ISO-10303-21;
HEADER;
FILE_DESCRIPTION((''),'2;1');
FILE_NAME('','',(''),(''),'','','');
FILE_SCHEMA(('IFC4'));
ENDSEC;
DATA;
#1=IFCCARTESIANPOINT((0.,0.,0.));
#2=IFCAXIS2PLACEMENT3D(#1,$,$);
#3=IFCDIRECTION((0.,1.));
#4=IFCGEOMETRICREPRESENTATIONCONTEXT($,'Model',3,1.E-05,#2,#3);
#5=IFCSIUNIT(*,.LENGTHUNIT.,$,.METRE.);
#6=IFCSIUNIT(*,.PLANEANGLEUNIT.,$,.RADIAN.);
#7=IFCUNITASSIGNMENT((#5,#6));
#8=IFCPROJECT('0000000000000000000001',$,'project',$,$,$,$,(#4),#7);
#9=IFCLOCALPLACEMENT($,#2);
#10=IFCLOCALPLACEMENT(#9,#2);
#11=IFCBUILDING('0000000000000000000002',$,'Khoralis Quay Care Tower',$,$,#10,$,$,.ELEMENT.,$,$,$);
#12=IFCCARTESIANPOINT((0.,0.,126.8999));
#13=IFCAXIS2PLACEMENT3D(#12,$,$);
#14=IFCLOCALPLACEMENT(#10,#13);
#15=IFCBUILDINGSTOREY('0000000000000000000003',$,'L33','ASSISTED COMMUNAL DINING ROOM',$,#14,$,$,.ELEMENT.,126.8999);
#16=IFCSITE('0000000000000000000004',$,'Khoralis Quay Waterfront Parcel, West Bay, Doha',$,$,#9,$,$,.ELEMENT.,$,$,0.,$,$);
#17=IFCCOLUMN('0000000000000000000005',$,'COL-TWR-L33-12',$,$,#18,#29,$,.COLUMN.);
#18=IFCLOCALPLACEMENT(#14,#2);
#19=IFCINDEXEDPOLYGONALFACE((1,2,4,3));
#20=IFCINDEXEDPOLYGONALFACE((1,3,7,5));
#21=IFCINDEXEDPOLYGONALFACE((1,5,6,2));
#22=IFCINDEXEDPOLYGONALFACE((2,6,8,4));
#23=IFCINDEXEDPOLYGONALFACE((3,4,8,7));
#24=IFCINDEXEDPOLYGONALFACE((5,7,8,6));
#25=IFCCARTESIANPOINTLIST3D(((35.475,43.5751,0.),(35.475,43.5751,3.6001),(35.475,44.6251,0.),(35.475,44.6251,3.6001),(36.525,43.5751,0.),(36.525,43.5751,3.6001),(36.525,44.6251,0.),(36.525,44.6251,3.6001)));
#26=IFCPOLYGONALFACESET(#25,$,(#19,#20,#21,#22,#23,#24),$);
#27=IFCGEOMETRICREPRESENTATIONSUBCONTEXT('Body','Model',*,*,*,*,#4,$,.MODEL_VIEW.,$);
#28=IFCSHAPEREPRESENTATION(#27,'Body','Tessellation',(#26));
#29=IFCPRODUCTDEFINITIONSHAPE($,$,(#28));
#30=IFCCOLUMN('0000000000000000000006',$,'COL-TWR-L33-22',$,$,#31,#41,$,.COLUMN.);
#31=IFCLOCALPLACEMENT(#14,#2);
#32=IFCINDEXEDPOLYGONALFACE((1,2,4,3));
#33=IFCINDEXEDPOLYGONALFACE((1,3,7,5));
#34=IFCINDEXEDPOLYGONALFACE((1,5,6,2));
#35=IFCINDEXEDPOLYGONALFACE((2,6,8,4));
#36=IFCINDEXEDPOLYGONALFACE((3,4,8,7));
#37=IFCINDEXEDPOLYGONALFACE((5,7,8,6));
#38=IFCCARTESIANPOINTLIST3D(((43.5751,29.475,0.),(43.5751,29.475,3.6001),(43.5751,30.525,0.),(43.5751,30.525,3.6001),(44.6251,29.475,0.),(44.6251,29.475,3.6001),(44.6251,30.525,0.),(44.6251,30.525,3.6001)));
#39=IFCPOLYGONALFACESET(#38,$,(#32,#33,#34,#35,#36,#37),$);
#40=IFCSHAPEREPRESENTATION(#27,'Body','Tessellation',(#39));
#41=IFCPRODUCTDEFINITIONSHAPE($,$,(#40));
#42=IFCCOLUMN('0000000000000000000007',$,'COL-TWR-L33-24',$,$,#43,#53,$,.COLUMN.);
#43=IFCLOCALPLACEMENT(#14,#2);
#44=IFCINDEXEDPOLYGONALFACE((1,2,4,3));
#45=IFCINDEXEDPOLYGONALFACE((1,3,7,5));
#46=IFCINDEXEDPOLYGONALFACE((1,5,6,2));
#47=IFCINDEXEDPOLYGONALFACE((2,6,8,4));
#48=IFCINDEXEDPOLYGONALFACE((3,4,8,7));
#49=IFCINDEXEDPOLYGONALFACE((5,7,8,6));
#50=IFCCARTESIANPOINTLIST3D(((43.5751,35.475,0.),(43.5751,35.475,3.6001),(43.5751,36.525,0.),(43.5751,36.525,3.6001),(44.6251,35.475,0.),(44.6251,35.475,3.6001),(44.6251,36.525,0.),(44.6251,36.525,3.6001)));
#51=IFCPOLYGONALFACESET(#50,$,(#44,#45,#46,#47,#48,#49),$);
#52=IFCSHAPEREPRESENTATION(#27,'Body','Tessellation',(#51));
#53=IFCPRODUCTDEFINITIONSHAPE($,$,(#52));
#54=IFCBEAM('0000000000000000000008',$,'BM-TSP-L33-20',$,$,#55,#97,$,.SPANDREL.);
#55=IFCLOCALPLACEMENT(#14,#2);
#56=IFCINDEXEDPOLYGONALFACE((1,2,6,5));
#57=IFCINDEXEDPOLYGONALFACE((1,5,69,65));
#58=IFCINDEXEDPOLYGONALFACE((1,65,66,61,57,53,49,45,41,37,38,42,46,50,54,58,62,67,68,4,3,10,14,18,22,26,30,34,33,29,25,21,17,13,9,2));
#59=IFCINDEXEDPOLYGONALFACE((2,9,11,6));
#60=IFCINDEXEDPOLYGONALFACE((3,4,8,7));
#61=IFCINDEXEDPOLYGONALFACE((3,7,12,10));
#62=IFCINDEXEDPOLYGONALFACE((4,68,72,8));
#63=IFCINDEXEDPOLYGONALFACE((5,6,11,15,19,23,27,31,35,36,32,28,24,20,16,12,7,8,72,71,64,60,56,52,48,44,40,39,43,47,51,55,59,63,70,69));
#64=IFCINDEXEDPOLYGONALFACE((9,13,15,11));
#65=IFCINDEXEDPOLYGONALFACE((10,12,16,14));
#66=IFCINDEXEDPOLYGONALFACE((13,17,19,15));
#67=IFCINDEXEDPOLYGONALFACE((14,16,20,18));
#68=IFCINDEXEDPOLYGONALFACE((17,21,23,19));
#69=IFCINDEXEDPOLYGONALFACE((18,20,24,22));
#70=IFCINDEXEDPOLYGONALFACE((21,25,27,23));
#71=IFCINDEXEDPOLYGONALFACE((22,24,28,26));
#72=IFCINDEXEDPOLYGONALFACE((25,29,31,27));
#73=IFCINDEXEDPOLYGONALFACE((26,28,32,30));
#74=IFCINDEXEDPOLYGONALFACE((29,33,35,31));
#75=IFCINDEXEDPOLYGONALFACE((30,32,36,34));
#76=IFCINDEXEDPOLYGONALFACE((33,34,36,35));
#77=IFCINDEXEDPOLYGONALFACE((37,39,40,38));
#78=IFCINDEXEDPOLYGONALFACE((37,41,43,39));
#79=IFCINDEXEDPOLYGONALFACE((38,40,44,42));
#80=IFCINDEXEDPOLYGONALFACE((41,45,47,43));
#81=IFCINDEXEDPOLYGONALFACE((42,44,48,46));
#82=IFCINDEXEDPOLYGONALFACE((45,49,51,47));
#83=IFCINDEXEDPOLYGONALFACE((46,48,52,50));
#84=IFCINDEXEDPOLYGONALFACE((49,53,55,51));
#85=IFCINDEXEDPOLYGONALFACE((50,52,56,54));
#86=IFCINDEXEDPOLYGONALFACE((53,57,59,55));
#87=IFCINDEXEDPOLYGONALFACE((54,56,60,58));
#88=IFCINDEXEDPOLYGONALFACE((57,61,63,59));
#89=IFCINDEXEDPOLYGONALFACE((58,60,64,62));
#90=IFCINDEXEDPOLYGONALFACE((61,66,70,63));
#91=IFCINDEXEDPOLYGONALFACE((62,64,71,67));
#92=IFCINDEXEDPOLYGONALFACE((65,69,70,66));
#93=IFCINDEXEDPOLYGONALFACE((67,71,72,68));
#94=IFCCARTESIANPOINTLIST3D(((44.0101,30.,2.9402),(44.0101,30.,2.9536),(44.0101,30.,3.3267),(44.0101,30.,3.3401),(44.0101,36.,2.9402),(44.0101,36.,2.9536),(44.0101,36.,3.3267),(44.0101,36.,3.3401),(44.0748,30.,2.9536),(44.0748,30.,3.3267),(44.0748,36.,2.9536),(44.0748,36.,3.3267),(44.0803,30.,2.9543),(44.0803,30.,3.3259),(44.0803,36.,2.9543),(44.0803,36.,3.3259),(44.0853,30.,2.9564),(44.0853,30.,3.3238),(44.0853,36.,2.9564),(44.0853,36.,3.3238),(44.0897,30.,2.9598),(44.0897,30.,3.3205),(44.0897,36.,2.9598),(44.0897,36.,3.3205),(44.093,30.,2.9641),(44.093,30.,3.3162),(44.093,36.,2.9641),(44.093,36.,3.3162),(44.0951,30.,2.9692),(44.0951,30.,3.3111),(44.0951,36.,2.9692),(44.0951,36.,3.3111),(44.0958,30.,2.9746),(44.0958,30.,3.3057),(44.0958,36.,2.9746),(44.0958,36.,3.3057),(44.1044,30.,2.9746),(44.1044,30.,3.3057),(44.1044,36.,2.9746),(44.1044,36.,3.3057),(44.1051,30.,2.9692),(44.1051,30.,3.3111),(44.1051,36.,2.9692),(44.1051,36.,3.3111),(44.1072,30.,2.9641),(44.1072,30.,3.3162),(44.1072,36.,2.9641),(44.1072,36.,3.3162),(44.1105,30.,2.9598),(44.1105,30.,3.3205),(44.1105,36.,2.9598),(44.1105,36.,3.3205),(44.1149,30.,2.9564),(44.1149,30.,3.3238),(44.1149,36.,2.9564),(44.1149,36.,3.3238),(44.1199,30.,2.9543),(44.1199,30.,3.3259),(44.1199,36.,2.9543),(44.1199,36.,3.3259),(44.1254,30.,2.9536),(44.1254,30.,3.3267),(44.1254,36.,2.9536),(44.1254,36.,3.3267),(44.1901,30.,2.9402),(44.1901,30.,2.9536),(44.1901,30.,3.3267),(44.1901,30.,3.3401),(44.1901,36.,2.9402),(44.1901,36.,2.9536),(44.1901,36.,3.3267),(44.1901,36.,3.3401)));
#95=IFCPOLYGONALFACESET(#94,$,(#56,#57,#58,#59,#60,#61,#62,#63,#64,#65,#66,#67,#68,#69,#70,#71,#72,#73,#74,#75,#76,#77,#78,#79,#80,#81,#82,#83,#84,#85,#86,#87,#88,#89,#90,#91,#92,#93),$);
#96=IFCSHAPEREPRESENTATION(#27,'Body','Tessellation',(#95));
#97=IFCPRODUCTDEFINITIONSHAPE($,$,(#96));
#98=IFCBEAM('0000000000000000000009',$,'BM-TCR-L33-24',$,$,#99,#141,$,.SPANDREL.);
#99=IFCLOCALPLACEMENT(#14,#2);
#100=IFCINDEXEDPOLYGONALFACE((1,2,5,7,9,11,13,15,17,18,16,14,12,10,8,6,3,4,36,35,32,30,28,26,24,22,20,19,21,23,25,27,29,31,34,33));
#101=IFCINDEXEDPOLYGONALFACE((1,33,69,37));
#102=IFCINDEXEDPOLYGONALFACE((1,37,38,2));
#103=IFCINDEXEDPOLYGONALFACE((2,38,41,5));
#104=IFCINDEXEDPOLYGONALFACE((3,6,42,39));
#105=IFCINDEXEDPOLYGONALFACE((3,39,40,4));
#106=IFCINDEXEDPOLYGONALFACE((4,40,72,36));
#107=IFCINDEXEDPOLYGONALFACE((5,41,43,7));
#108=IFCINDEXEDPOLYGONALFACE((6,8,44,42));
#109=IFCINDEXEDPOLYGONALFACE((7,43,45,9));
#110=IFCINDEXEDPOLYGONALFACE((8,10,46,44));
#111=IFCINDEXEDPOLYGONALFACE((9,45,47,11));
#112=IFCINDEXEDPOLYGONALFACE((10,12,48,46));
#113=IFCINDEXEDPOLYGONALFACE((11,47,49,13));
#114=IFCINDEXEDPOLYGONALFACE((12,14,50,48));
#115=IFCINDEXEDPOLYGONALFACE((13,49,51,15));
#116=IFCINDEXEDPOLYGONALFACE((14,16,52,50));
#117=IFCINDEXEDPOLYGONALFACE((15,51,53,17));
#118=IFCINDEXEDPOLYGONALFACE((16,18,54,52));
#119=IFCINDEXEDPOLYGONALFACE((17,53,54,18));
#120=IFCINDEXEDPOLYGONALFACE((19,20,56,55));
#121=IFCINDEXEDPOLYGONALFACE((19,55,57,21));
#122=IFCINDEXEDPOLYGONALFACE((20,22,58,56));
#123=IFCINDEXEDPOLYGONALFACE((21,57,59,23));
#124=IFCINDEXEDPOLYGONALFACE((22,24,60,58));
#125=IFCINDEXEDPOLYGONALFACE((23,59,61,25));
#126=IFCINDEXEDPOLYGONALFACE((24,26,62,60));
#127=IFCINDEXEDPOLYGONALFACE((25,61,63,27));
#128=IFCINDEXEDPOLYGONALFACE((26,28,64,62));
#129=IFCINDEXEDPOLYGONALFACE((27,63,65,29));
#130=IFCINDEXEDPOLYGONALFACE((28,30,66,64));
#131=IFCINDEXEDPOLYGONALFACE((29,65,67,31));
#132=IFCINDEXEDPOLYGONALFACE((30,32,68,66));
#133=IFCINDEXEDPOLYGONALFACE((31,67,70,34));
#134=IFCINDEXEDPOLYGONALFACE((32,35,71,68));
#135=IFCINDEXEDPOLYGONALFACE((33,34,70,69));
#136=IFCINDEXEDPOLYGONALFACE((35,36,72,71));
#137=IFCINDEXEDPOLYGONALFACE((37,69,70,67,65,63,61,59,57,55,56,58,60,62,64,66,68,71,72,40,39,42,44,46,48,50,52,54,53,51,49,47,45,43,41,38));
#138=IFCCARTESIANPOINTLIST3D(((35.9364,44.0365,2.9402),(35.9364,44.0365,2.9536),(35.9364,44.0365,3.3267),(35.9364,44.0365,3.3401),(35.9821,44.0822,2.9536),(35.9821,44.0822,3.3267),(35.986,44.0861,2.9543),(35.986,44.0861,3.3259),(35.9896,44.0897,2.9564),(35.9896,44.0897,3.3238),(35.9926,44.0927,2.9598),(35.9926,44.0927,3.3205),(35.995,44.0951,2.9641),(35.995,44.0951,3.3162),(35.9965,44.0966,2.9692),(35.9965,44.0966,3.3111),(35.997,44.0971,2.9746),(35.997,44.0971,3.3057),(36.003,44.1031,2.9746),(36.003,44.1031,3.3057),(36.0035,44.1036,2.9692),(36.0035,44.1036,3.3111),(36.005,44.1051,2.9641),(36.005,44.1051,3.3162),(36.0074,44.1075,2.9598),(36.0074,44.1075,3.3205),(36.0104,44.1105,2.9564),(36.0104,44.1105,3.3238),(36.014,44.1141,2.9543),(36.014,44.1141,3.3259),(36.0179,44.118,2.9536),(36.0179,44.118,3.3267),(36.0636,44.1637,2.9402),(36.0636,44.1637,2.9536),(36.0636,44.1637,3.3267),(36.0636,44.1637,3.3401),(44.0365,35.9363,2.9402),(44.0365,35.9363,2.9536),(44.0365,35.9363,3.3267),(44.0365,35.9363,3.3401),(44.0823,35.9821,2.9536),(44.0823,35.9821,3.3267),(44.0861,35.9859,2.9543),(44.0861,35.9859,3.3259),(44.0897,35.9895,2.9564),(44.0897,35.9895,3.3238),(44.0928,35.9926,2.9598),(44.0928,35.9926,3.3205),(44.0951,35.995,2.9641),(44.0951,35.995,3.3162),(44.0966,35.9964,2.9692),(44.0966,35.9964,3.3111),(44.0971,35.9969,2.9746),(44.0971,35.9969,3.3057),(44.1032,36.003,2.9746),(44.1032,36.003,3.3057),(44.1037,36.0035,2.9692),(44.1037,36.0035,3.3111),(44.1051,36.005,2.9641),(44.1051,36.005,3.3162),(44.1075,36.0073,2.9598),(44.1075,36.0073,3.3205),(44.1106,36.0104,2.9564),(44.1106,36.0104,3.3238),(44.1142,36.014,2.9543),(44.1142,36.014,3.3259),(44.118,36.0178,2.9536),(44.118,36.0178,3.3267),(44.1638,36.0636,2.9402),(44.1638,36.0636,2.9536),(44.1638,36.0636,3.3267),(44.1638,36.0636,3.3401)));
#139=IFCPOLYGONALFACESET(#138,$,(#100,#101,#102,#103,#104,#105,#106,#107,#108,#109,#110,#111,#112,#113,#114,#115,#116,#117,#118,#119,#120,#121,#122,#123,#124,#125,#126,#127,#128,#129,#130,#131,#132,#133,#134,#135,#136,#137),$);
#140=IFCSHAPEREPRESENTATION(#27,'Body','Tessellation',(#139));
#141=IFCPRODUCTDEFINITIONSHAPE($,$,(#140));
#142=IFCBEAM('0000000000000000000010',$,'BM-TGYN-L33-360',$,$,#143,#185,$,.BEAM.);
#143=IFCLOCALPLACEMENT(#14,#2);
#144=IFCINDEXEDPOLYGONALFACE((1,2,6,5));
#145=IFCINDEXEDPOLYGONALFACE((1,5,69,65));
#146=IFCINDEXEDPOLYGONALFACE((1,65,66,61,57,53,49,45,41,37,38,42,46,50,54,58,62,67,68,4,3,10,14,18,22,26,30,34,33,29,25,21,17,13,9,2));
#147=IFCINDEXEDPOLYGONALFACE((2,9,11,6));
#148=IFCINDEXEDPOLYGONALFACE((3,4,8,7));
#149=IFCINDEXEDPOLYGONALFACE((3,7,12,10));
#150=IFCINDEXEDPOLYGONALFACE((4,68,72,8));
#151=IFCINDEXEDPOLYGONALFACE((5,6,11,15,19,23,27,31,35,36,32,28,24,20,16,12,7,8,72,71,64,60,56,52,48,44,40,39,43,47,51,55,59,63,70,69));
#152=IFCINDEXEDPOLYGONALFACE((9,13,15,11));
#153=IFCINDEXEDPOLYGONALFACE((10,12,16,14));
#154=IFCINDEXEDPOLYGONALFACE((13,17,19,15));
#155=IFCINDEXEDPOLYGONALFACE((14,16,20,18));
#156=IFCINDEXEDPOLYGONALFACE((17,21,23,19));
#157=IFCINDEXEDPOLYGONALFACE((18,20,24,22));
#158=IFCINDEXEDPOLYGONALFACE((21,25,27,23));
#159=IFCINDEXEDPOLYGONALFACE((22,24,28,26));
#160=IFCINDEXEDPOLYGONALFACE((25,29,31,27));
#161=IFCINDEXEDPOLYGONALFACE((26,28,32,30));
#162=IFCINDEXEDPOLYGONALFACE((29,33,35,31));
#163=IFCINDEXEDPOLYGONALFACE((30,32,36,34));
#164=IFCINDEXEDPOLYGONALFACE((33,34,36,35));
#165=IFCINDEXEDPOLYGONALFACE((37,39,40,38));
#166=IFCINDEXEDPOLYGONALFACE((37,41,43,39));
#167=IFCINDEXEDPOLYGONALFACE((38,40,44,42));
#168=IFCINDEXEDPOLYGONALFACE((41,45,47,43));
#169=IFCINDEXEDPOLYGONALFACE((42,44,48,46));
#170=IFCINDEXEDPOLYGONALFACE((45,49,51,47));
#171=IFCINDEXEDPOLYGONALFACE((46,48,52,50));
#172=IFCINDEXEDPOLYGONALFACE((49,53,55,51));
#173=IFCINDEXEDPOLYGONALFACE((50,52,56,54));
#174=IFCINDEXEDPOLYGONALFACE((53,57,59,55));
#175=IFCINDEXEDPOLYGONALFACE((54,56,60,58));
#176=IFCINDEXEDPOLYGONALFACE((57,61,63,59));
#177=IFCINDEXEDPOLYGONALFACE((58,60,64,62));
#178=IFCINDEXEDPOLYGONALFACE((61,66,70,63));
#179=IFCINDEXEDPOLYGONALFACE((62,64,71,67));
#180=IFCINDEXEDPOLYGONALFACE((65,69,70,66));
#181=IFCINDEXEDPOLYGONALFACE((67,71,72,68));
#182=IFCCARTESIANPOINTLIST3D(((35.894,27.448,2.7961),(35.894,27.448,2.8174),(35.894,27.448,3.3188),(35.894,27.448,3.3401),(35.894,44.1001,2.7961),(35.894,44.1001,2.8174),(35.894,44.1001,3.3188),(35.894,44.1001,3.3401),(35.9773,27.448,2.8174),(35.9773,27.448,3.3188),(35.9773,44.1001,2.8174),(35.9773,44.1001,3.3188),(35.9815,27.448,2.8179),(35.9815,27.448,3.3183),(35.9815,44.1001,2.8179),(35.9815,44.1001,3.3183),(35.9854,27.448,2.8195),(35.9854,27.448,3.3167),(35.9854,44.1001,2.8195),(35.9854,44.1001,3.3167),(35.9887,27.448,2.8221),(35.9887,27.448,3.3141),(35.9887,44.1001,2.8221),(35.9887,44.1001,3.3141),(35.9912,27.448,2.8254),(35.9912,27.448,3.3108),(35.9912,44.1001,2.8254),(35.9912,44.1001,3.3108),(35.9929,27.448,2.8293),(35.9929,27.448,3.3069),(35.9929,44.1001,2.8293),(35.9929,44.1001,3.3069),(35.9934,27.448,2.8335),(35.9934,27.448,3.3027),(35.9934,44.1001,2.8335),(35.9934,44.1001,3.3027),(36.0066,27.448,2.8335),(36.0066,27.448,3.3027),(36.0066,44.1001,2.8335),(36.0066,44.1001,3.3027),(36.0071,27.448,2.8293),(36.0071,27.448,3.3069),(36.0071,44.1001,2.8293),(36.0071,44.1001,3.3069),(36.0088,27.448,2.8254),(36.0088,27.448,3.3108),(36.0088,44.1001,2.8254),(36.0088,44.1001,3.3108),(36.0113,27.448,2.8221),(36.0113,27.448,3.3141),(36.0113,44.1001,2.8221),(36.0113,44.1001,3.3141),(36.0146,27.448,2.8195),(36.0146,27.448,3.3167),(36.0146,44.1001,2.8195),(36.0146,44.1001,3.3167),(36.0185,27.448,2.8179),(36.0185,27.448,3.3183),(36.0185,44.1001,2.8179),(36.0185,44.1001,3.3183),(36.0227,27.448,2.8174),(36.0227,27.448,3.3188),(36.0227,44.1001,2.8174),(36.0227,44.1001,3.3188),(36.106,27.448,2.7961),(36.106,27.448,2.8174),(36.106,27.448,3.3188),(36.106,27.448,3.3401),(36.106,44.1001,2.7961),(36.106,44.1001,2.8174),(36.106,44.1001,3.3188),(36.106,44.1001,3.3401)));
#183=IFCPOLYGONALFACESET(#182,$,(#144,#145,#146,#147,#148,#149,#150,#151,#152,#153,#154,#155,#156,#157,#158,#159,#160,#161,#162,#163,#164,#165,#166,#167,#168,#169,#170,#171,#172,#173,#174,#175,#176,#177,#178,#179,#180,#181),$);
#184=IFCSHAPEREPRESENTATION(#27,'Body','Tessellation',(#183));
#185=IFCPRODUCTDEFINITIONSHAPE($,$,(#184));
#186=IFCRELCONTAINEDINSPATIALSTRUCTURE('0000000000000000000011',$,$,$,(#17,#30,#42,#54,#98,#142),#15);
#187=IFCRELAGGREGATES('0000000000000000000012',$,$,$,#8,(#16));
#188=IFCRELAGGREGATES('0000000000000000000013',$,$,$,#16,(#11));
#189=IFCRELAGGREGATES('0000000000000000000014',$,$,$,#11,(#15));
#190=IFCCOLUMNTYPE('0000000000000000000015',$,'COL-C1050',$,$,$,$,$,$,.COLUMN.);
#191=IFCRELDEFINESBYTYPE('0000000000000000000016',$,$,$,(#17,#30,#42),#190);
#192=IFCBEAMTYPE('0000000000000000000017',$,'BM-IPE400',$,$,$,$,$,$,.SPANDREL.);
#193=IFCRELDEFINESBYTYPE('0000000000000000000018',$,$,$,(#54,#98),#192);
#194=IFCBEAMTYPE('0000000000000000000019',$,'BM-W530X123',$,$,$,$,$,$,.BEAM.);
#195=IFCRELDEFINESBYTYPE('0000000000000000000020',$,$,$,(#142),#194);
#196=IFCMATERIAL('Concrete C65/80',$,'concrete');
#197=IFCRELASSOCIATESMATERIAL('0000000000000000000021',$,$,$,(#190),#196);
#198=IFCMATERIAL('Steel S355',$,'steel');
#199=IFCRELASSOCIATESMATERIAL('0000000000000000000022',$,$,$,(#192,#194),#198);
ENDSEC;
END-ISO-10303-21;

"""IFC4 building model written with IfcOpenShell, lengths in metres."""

from ifc_helpers import new_model, si_unit, direction, frame, origin, origin_2d, place, context, subcontext, project, spatial, rectangle, i_section, extrude, source, transform, mapped, material, material_profile, profile_set, type_object, element, save


model = new_model("IFC4")

# Units and contexts
model_context = context("Model", 3, precision=1e-05, world=origin(), true_north=direction((0.0, 1.0)))
body_context = subcontext(model_context, "Body", "Model", "MODEL_VIEW")
ifc_project = project(units=[si_unit("LENGTHUNIT", "METRE"), si_unit("PLANEANGLEUNIT", "RADIAN")], contexts=[model_context])

# Site, building, storey
site_placement = place(None, origin())
site = spatial("IfcSite", under=ifc_project, at=site_placement, Name="Khoralis Quay Waterfront Parcel, West Bay, Doha", CompositionType="ELEMENT", RefElevation=0.0)
building_placement = place(site_placement, origin())
building = spatial("IfcBuilding", under=site, at=building_placement, Name="Khoralis Quay Care Tower", CompositionType="ELEMENT")
storey_placement = place(building_placement, frame((0.0, 0.0, 126.8999)))
storey = spatial("IfcBuildingStorey", under=building, at=storey_placement, Name="L33", Description="ASSISTED COMMUNAL DINING ROOM", CompositionType="ELEMENT", Elevation=126.8999)

# Columns
ifc_material_1 = material(Name="Concrete C65/80", Category="concrete")
ifc_material_profile_1 = material_profile(ifc_material_1, rectangle(XDim=1.05, YDim=1.05, at=origin_2d()), Name="Concrete C65/80")
ifc_profile_set_1 = profile_set([ifc_material_profile_1], Name="Concrete C65/80")
column_type = type_object("IfcColumnType", Name="COL-C1050", PredefinedType="COLUMN", material=ifc_profile_set_1)
shared_shape_1 = source(origin(), body_context, "Body", "SweptSolid", [
    extrude(rectangle(XDim=1.05, YDim=1.05, at=origin_2d()), origin(), (0.0, 0.0, 1.0), 3.6001),
])
for number, where, z_axis, x_axis, name in (
    (1, (36.0, 44.1001, 0.0), (0.0, 0.0, 1.0), (1.0, 0.0, 0.0), "COL-TWR-L33-12"),
    (2, (44.1001, 30.0, 0.0), (0.0, 0.0, 1.0), (1.0, 0.0, 0.0), "COL-TWR-L33-22"),
    (3, (44.1001, 36.0, 0.0), (0.0, 0.0, 1.0), (1.0, 0.0, 0.0), "COL-TWR-L33-24"),
):
    element("IfcColumn", number, at=place(storey_placement, frame(where, z_axis=z_axis, x_axis=x_axis)), inside=storey, type_object=column_type, Name=name, PredefinedType="COLUMN", context=body_context, shape_type="MappedRepresentation", body=[
        mapped(shared_shape_1, transform((0.0, 0.0, 0.0), scale=1.0)),
    ])

# Beams
ifc_material_2 = material(Name="Steel S355", Category="steel")
ifc_material_profile_2 = material_profile(ifc_material_2, i_section(OverallWidth=0.1799, OverallDepth=0.3999, WebThickness=0.0085, FlangeThickness=0.0134, FilletRadius=0.021, at=origin_2d()), Name="Steel S355")
ifc_profile_set_2 = profile_set([ifc_material_profile_2], Name="Steel S355")
beam_type_1 = type_object("IfcBeamType", Name="BM-IPE400", PredefinedType="SPANDREL", material=ifc_profile_set_2)
shared_shape_2 = source(origin(), body_context, "Body", "SweptSolid", [
    extrude(i_section(OverallWidth=0.1799, OverallDepth=0.3999, WebThickness=0.0085, FlangeThickness=0.0134, FilletRadius=0.021, at=origin_2d()), origin(), (0.0, 0.0, 1.0), 6.0),
])
beam_1_placement = place(storey_placement, frame((44.1001, 30.0, 3.1401), z_axis=(0.0, 1.0, 0.0), x_axis=(-1.0, 0.0, 0.0)))
element("IfcBeam", 4, at=beam_1_placement, inside=storey, type_object=beam_type_1, Name="BM-TSP-L33-20", PredefinedType="SPANDREL", context=body_context, shape_type="MappedRepresentation", body=[
    mapped(shared_shape_2, transform((0.0, 0.0, 0.0), scale=1.0)),
])
shared_shape_3 = source(origin(), body_context, "Body", "SweptSolid", [
    extrude(i_section(OverallWidth=0.1799, OverallDepth=0.3999, WebThickness=0.0085, FlangeThickness=0.0134, FilletRadius=0.021, at=origin_2d()), origin(), (0.0, 0.0, 1.0), 11.4553),
])
beam_2_placement = place(storey_placement, frame((36.0, 44.1001, 3.1401), z_axis=(0.707107, -0.707107, 0.0), x_axis=(0.707107, 0.707107, 0.0)))
element("IfcBeam", 5, at=beam_2_placement, inside=storey, type_object=beam_type_1, Name="BM-TCR-L33-24", PredefinedType="SPANDREL", context=body_context, shape_type="MappedRepresentation", body=[
    mapped(shared_shape_3, transform((0.0, 0.0, 0.0), scale=1.0)),
])
ifc_material_profile_3 = material_profile(ifc_material_2, i_section(OverallWidth=0.2119, OverallDepth=0.5439, WebThickness=0.0132, FlangeThickness=0.0212, FilletRadius=0.0161, at=origin_2d()), Name="Steel S355")
ifc_profile_set_3 = profile_set([ifc_material_profile_3], Name="Steel S355")
beam_type_2 = type_object("IfcBeamType", Name="BM-W530X123", PredefinedType="BEAM", material=ifc_profile_set_3)
shared_shape_4 = source(origin(), body_context, "Body", "SweptSolid", [
    extrude(i_section(OverallWidth=0.2119, OverallDepth=0.5439, WebThickness=0.0132, FlangeThickness=0.0212, FilletRadius=0.0161, at=origin_2d()), origin(), (0.0, 0.0, 1.0), 16.6521),
])
beam_3_placement = place(storey_placement, frame((36.0, 27.448, 3.0681), z_axis=(0.0, 1.0, 0.0), x_axis=(-1.0, 0.0, 0.0)))
element("IfcBeam", 6, at=beam_3_placement, inside=storey, type_object=beam_type_2, Name="BM-TGYN-L33-360", PredefinedType="BEAM", context=body_context, shape_type="MappedRepresentation", body=[
    mapped(shared_shape_4, transform((0.0, 0.0, 0.0), scale=1.0)),
])

save(model, "model.ifc")
